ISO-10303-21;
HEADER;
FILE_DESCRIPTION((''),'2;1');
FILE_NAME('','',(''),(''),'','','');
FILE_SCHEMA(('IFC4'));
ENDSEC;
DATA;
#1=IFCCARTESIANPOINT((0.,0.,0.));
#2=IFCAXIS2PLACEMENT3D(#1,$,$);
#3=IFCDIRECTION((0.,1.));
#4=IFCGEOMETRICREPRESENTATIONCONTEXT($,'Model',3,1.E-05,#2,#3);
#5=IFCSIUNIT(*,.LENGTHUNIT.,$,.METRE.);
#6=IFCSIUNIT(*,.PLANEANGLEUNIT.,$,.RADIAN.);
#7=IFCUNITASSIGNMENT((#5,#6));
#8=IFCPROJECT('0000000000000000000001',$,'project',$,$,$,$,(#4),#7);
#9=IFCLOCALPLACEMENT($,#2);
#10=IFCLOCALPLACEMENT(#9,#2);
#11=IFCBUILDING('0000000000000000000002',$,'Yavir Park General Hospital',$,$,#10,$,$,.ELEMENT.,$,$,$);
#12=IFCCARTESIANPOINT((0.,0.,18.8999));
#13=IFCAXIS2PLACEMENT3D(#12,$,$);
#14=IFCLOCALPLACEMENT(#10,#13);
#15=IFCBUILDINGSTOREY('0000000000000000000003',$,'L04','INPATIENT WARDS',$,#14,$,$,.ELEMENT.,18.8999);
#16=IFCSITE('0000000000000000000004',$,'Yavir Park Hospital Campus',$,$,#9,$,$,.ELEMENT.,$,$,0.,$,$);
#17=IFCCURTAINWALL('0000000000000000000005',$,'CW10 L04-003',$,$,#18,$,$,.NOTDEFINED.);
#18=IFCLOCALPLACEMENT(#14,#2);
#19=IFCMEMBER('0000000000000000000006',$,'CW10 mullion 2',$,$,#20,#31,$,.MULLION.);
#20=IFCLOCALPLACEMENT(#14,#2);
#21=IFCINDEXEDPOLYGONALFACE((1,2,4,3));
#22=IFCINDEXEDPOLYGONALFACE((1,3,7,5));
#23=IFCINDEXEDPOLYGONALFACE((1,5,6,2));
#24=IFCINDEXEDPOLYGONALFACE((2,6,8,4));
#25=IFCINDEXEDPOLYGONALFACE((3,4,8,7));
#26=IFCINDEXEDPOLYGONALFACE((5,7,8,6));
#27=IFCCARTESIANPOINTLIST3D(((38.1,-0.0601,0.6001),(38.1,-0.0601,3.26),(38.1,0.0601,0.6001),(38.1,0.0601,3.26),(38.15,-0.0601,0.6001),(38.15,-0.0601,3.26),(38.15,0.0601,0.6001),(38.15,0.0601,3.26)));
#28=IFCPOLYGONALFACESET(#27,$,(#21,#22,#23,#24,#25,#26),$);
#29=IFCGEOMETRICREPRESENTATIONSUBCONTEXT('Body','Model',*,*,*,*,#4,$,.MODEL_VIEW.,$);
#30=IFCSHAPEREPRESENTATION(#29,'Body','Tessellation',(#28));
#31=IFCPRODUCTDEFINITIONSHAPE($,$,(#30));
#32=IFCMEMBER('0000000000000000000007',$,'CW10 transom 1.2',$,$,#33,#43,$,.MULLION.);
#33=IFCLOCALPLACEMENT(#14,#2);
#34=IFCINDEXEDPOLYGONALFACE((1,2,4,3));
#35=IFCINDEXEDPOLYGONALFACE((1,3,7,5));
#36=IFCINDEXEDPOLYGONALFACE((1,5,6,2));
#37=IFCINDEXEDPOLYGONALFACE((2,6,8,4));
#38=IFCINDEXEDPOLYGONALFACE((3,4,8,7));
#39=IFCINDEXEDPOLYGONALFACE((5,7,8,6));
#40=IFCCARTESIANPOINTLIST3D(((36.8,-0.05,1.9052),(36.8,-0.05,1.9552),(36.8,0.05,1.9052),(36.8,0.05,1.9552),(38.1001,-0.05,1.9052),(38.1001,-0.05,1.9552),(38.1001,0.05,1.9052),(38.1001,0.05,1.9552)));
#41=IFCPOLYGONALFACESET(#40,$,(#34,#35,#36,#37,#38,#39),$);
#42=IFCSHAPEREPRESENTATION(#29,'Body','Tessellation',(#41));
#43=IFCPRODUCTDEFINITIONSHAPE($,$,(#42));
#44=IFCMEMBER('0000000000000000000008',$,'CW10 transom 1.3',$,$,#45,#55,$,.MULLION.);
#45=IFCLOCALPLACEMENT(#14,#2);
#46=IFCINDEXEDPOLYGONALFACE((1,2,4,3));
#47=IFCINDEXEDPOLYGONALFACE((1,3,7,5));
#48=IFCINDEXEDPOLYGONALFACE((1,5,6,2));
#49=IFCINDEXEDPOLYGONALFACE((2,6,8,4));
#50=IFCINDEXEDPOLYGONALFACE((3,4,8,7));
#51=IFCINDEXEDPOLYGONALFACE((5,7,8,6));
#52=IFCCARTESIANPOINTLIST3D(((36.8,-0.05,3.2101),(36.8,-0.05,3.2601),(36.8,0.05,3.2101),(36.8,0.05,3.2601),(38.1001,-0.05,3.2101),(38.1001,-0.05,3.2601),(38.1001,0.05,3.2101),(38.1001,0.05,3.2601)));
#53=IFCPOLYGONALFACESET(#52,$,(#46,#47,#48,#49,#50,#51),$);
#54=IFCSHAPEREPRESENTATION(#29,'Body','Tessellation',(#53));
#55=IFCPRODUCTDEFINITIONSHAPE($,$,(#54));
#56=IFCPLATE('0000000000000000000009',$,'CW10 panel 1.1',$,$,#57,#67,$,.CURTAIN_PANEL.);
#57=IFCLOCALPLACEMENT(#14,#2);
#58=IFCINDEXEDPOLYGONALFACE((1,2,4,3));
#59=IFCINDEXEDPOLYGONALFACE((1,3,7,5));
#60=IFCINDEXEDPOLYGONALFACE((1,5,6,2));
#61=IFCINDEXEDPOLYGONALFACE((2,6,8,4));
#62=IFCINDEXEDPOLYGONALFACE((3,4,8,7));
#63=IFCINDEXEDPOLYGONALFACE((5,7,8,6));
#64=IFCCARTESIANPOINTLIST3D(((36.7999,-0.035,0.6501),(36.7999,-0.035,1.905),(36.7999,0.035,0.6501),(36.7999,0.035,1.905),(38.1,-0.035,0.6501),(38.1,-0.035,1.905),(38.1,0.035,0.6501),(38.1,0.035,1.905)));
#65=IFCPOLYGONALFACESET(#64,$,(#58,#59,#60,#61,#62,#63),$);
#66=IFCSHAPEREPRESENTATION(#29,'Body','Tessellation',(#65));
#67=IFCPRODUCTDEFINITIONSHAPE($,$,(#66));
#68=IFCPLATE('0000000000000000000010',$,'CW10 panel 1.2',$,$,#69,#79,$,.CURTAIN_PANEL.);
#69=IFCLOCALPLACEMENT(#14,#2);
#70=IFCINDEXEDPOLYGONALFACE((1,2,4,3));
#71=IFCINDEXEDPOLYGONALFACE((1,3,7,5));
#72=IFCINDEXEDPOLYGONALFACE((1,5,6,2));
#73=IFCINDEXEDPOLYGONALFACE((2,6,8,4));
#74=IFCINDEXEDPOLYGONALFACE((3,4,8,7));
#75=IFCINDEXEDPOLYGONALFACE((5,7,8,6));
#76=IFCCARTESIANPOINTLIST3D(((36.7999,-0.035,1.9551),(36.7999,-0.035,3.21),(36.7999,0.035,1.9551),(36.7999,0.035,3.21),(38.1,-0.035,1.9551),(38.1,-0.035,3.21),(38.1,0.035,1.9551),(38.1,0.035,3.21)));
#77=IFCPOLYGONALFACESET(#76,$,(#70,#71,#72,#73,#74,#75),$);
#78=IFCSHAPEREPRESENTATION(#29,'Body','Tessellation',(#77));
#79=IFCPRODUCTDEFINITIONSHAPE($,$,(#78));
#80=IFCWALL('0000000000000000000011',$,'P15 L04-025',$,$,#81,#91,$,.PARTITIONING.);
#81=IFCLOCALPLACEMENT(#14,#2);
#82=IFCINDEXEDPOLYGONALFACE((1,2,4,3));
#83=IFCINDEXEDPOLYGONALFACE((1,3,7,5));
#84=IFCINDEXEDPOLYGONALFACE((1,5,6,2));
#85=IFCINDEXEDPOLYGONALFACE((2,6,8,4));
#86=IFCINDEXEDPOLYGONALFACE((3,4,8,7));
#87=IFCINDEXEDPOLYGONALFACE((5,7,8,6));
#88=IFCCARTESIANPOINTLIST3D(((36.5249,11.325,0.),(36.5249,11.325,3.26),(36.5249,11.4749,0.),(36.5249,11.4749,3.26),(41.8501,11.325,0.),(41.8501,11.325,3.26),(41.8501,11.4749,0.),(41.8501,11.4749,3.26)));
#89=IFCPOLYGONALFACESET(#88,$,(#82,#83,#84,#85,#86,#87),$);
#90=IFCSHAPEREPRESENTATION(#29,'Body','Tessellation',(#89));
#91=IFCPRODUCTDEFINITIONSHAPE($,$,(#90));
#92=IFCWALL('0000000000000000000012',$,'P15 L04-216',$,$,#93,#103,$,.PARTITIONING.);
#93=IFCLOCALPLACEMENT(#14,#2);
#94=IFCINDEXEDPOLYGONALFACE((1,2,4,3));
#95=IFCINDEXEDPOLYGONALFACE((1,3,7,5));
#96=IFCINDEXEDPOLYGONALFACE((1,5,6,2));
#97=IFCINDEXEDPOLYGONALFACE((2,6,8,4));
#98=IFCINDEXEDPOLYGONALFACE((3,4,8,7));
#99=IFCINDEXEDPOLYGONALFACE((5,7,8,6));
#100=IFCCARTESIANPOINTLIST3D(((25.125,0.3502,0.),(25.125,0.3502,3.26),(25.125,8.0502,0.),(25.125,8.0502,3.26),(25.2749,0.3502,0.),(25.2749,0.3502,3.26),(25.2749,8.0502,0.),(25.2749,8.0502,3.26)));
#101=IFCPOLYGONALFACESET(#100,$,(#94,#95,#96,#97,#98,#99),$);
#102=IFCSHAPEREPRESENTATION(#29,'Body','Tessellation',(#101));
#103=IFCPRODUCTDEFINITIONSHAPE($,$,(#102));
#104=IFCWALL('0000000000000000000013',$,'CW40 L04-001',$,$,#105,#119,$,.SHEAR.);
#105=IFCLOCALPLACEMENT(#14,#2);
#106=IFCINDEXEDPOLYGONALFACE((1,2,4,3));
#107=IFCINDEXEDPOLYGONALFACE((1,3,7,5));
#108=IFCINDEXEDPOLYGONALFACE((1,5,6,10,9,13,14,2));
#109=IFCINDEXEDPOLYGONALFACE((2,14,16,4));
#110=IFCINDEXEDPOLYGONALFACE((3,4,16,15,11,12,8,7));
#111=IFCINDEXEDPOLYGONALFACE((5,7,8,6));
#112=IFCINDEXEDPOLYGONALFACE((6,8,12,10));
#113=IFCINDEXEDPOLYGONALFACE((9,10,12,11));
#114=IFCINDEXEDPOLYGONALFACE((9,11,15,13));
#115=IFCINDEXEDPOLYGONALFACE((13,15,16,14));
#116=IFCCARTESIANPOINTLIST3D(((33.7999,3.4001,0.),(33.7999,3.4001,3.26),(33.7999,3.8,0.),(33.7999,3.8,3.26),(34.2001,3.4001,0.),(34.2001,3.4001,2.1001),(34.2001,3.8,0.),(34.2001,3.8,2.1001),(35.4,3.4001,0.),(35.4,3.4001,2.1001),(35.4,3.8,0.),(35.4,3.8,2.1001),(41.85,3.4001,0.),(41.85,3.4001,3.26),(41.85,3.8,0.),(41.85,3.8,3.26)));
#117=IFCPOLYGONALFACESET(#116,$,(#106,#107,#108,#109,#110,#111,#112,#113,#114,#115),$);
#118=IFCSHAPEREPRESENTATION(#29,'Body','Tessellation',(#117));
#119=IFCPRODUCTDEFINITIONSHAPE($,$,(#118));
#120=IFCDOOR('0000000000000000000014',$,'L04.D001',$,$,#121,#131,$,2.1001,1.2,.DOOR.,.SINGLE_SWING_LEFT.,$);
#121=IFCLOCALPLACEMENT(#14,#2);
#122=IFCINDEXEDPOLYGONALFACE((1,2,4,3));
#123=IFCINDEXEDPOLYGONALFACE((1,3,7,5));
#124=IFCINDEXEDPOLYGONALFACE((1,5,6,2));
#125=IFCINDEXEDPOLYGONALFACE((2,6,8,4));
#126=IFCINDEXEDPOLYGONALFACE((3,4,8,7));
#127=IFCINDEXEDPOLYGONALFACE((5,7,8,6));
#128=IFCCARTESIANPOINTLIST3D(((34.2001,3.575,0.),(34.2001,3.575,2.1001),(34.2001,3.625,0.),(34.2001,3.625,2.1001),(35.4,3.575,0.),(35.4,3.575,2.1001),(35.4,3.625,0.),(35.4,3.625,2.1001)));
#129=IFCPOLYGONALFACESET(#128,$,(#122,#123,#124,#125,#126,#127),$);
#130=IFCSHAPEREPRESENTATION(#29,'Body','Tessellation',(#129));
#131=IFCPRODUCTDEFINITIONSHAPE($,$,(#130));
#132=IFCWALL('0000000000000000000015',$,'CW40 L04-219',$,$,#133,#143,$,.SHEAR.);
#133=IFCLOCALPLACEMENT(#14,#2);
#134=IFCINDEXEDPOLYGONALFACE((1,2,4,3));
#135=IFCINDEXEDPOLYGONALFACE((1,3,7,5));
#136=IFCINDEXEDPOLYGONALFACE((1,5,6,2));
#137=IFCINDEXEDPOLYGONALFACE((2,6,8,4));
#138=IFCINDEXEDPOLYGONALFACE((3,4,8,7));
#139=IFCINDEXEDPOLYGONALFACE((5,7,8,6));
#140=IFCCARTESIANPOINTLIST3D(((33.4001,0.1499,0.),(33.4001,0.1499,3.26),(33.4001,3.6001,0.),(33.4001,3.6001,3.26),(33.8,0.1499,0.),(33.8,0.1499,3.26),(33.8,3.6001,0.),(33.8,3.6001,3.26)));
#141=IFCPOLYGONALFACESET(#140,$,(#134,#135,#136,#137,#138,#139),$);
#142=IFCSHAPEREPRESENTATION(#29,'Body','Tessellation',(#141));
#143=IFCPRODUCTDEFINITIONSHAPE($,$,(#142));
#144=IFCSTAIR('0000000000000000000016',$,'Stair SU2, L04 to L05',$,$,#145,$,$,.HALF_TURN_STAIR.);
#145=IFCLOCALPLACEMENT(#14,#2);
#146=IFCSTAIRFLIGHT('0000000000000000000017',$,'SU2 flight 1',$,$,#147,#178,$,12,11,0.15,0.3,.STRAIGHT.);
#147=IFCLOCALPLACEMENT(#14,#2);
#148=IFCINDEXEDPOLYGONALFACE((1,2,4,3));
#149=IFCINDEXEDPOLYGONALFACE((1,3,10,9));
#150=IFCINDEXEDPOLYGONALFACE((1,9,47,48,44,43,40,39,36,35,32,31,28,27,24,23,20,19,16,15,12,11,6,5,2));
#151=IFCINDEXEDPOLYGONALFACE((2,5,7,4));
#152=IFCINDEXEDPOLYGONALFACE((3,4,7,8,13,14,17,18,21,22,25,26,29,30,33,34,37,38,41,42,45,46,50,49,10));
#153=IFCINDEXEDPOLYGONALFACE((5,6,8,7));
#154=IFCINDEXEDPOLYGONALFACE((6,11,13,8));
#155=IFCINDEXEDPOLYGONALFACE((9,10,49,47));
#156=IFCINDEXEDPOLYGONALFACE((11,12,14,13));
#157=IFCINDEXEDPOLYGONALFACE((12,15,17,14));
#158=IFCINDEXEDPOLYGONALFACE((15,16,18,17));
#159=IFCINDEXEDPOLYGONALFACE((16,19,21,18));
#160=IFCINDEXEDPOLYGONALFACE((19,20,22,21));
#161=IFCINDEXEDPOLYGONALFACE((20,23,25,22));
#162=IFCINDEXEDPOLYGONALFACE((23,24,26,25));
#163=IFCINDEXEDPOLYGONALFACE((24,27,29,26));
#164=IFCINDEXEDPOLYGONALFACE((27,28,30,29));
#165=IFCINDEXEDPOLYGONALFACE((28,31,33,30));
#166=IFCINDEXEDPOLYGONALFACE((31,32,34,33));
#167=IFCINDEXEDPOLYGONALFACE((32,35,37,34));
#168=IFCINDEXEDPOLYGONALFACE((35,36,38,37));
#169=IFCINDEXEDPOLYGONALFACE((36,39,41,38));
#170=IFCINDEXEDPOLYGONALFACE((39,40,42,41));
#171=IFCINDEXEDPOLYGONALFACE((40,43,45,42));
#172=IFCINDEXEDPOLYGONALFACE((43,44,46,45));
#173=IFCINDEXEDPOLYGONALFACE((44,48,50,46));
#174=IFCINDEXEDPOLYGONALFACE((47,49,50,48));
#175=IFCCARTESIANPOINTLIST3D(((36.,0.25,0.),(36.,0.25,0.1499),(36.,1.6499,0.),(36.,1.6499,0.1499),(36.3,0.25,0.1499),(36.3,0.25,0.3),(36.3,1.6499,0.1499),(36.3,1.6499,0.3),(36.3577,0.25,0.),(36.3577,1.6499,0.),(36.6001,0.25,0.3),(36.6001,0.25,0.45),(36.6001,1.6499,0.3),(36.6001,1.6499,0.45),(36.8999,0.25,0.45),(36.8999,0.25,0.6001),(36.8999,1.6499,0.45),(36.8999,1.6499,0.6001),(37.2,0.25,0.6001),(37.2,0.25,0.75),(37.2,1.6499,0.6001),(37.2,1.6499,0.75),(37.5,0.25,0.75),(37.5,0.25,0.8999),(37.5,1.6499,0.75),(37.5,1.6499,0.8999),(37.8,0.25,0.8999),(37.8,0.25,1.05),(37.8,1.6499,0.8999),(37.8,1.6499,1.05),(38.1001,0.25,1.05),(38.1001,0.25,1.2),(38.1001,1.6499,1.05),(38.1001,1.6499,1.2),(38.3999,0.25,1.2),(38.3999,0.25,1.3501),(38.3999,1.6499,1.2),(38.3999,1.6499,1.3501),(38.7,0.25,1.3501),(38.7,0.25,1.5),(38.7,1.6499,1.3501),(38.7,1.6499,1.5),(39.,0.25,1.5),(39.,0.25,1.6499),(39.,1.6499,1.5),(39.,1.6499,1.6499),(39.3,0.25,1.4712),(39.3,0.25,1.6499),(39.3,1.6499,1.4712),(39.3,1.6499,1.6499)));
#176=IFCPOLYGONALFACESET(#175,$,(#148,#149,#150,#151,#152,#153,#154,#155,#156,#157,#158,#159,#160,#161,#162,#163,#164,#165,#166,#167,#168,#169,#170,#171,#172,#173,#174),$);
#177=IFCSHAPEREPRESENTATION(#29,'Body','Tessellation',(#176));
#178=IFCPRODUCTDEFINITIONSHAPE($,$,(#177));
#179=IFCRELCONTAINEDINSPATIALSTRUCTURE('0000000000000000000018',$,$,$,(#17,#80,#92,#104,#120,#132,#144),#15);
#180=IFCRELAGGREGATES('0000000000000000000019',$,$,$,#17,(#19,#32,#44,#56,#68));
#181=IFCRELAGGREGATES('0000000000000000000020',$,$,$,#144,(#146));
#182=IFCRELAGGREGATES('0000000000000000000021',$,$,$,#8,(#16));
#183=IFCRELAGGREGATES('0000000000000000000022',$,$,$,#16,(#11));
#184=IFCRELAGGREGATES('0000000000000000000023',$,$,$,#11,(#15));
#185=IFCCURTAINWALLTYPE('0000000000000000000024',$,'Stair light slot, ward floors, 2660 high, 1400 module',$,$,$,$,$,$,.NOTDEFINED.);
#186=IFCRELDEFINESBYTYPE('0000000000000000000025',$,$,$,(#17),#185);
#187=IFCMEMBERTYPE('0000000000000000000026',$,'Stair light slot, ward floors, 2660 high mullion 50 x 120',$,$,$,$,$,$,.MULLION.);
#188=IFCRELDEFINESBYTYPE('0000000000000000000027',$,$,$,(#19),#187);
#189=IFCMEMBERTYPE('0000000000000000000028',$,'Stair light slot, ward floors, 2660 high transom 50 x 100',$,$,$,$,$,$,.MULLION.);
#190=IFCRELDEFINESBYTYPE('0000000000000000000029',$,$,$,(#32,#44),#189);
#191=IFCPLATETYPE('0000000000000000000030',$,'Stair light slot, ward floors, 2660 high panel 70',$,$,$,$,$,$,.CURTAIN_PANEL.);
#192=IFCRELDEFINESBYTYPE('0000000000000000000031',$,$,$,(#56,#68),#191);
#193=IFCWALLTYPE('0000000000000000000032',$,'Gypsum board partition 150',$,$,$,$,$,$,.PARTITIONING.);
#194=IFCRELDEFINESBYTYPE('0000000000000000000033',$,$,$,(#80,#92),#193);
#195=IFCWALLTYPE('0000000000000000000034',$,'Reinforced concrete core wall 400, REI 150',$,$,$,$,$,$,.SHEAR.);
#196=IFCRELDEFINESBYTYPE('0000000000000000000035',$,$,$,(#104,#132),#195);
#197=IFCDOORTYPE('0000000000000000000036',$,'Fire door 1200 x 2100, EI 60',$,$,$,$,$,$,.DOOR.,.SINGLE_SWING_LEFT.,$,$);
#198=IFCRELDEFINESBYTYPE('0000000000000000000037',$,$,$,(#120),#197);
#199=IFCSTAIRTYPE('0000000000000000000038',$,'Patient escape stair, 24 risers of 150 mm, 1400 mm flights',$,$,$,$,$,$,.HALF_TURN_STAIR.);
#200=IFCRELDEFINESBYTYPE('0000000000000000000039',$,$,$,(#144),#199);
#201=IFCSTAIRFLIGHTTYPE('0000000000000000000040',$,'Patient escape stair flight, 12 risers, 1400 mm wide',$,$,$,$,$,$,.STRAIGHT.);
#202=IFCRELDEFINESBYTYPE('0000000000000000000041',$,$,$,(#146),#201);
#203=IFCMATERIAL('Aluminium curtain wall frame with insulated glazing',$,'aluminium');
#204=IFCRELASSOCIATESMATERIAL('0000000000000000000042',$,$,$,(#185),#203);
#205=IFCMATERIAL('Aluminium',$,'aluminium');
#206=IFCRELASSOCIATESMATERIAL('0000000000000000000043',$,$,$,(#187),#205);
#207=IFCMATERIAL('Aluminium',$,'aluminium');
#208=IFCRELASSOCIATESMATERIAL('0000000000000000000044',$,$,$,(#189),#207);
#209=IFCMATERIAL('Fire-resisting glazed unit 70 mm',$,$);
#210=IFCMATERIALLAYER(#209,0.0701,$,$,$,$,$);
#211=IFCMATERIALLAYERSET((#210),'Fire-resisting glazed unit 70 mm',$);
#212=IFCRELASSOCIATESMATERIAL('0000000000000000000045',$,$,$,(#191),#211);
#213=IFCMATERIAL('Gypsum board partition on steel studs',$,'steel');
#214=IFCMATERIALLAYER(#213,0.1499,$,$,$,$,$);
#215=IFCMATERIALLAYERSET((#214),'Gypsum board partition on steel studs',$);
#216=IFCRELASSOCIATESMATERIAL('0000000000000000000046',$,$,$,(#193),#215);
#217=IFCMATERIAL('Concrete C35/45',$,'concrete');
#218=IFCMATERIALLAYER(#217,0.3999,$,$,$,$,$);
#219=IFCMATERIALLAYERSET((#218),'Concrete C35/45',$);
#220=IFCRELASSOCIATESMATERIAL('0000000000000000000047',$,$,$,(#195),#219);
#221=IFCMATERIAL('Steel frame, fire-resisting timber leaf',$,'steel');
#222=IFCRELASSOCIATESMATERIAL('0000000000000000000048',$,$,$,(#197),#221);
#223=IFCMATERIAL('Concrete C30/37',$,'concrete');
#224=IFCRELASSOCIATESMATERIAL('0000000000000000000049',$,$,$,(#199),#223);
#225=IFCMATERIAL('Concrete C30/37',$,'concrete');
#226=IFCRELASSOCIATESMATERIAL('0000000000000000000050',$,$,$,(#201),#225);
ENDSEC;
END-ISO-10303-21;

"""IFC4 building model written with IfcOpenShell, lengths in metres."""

from ifc_helpers import new_model, si_unit, direction, frame, frame_2d, origin, origin_2d, place, context, subcontext, project, spatial, polyline, rectangle, outline, extrude, material, layer, layer_set, material_profile, profile_set, type_object, element, fill, aggregate, save


model = new_model("IFC4")

# Units and contexts
model_context = context("Model", 3, precision=1e-05, world=origin(), true_north=direction((0.0, 1.0)))
body_context = subcontext(model_context, "Body", "Model", "MODEL_VIEW")
ifc_project = project(units=[si_unit("LENGTHUNIT", "METRE"), si_unit("PLANEANGLEUNIT", "RADIAN")], contexts=[model_context])

# Site, building, storey
site_placement = place(None, origin())
site = spatial("IfcSite", under=ifc_project, at=site_placement, Name="Yavir Park Hospital Campus", CompositionType="ELEMENT", RefElevation=0.0)
building_placement = place(site_placement, origin())
building = spatial("IfcBuilding", under=site, at=building_placement, Name="Yavir Park General Hospital", CompositionType="ELEMENT")
storey_placement = place(building_placement, frame((0.0, 0.0, 18.8999)))
storey = spatial("IfcBuildingStorey", under=building, at=storey_placement, Name="L04", Description="INPATIENT WARDS", CompositionType="ELEMENT", Elevation=18.8999)

# Curtain wall, members, plates
ifc_material_1 = material(Name="Aluminium curtain wall frame with insulated glazing", Category="aluminium")
curtain_wall_type = type_object("IfcCurtainWallType", Name="Stair light slot, ward floors, 2660 high, 1400 module", PredefinedType="NOTDEFINED", material=ifc_material_1)
curtain_wall_placement = place(storey_placement, origin())
curtain_wall = element("IfcCurtainWall", 1, at=curtain_wall_placement, inside=storey, type_object=curtain_wall_type, Name="CW10 L04-003", PredefinedType="NOTDEFINED")
ifc_material_2 = material(Name="Aluminium", Category="aluminium")
ifc_material_profile_1 = material_profile(ifc_material_2, rectangle(XDim=0.1201, YDim=0.05, at=origin_2d()), Name="AL 50x120")
ifc_profile_set_1 = profile_set([ifc_material_profile_1], Name="Aluminium")
member_type_1 = type_object("IfcMemberType", Name="Stair light slot, ward floors, 2660 high mullion 50 x 120", PredefinedType="MULLION", material=ifc_profile_set_1)
member_1_placement = place(storey_placement, frame((38.125, 0.0, 0.6001), z_axis=(0.0, 0.0, 1.0), x_axis=(0.0, 1.0, 0.0)))
member_1 = element("IfcMember", 2, at=member_1_placement, type_object=member_type_1, Name="CW10 mullion 2", PredefinedType="MULLION", context=body_context, shape_type="SweptSolid", body=[
    extrude(rectangle(XDim=0.1201, YDim=0.05, at=origin_2d()), origin(), (0.0, 0.0, 1.0), 2.6599),
])
ifc_material_3 = material(Name="Aluminium", Category="aluminium")
ifc_material_profile_2 = material_profile(ifc_material_3, rectangle(XDim=0.1001, YDim=0.05, at=origin_2d()), Name="AL 100x50")
ifc_profile_set_2 = profile_set([ifc_material_profile_2], Name="Aluminium")
member_type_2 = type_object("IfcMemberType", Name="Stair light slot, ward floors, 2660 high transom 50 x 100", PredefinedType="MULLION", material=ifc_profile_set_2)
member_2_placement = place(storey_placement, frame((36.8, 0.0, 1.9302), z_axis=(1.0, 0.0, 0.0), x_axis=(0.0, 1.0, 0.0)))
member_2 = element("IfcMember", 3, at=member_2_placement, type_object=member_type_2, Name="CW10 transom 1.2", PredefinedType="MULLION", context=body_context, shape_type="SweptSolid", body=[
    extrude(rectangle(XDim=0.1001, YDim=0.05, at=origin_2d()), origin(), (0.0, 0.0, 1.0), 1.3),
])
member_3_placement = place(storey_placement, frame((36.8, 0.0, 3.2351), z_axis=(1.0, 0.0, 0.0), x_axis=(0.0, 1.0, 0.0)))
member_3 = element("IfcMember", 4, at=member_3_placement, type_object=member_type_2, Name="CW10 transom 1.3", PredefinedType="MULLION", context=body_context, shape_type="SweptSolid", body=[
    extrude(rectangle(XDim=0.1001, YDim=0.05, at=origin_2d()), origin(), (0.0, 0.0, 1.0), 1.3),
])
ifc_material_4 = material(Name="Fire-resisting glazed unit 70 mm")
ifc_layer_1 = layer(ifc_material_4, 0.0701)
ifc_layer_set_1 = layer_set([ifc_layer_1], Name="Fire-resisting glazed unit 70 mm")
plate_type = type_object("IfcPlateType", Name="Stair light slot, ward floors, 2660 high panel 70", PredefinedType="CURTAIN_PANEL", material=ifc_layer_set_1)
plate_1_placement = place(storey_placement, frame((37.45, 0.0, 0.6501), z_axis=(0.0, 0.0, 1.0), x_axis=(1.0, 0.0, 0.0)))
plate_1 = element("IfcPlate", 5, at=plate_1_placement, type_object=plate_type, Name="CW10 panel 1.1", PredefinedType="CURTAIN_PANEL", context=body_context, shape_type="SweptSolid", body=[
    extrude(rectangle(XDim=1.3, YDim=0.0701, at=origin_2d()), origin(), (0.0, 0.0, 1.0), 1.2549),
])
plate_2_placement = place(storey_placement, frame((37.45, 0.0, 1.9551), z_axis=(0.0, 0.0, 1.0), x_axis=(1.0, 0.0, 0.0)))
plate_2 = element("IfcPlate", 6, at=plate_2_placement, type_object=plate_type, Name="CW10 panel 1.2", PredefinedType="CURTAIN_PANEL", context=body_context, shape_type="SweptSolid", body=[
    extrude(rectangle(XDim=1.3, YDim=0.0701, at=origin_2d()), origin(), (0.0, 0.0, 1.0), 1.2549),
])
aggregate(curtain_wall, [member_1, member_2, member_3, plate_1, plate_2])

# Walls
ifc_material_5 = material(Name="Gypsum board partition on steel studs", Category="steel")
ifc_layer_2 = layer(ifc_material_5, 0.1499)
ifc_layer_set_2 = layer_set([ifc_layer_2], Name="Gypsum board partition on steel studs")
wall_type_1 = type_object("IfcWallType", Name="Gypsum board partition 150", PredefinedType="PARTITIONING", material=ifc_layer_set_2)
wall_1_placement = place(storey_placement, frame((36.5249, 11.3999, 0.0), z_axis=(0.0, 0.0, 1.0), x_axis=(1.0, 0.0, 0.0)))
element("IfcWall", 7, at=wall_1_placement, inside=storey, type_object=wall_type_1, Name="P15 L04-025", PredefinedType="PARTITIONING", context=body_context, shape_type="SweptSolid", body=[
    extrude(rectangle(XDim=5.3252, YDim=0.1499, at=frame_2d((2.6626, 0.0))), origin(), (0.0, 0.0, 1.0), 3.26),
])
wall_2_placement = place(storey_placement, frame((25.2, 0.3501, 0.0), z_axis=(0.0, 0.0, 1.0), x_axis=(0.0, 1.0, 0.0)))
element("IfcWall", 8, at=wall_2_placement, inside=storey, type_object=wall_type_1, Name="P15 L04-216", PredefinedType="PARTITIONING", context=body_context, shape_type="SweptSolid", body=[
    extrude(rectangle(XDim=7.7, YDim=0.1499, at=frame_2d((3.8501, 0.0))), origin(), (0.0, 0.0, 1.0), 3.26),
])

# Wall, opening, door
ifc_material_6 = material(Name="Concrete C35/45", Category="concrete")
ifc_layer_3 = layer(ifc_material_6, 0.3999)
ifc_layer_set_3 = layer_set([ifc_layer_3], Name="Concrete C35/45")
wall_type_2 = type_object("IfcWallType", Name="Reinforced concrete core wall 400, REI 150", PredefinedType="SHEAR", material=ifc_layer_set_3)
wall_3_placement = place(storey_placement, frame((33.8, 3.6001, 0.0), z_axis=(0.0, 0.0, 1.0), x_axis=(1.0, 0.0, 0.0)))
wall_3 = element("IfcWall", 9, at=wall_3_placement, inside=storey, type_object=wall_type_2, Name="CW40 L04-001", PredefinedType="SHEAR", context=body_context, shape_type="SweptSolid", body=[
    extrude(rectangle(XDim=8.05, YDim=0.3999, at=frame_2d((4.0249, 0.0))), origin(), (0.0, 0.0, 1.0), 3.26),
])
opening_1_placement = place(wall_3_placement, frame((0.3999, 0.0, 0.0)))
opening_1 = element("IfcOpeningElement", 10, at=opening_1_placement, cuts=wall_3, PredefinedType="OPENING", context=body_context, shape_type="SweptSolid", body=[
    extrude(rectangle(XDim=1.2, YDim=2.1001, at=frame_2d((0.6001, 1.05))), frame((0.0, 0.21, 0.0), z_axis=(0.0, -1.0, 0.0), x_axis=(1.0, 0.0, 0.0)), (0.0, 0.0, 1.0), 0.4199),
])
ifc_material_7 = material(Name="Steel frame, fire-resisting timber leaf", Category="steel")
door_type_1 = type_object("IfcDoorType", Name="Fire door 1200 x 2100, EI 60", OperationType="SINGLE_SWING_LEFT", PredefinedType="DOOR", material=ifc_material_7)
door_1_placement = place(opening_1_placement, origin())
door_1 = element("IfcDoor", 11, at=door_1_placement, inside=storey, type_object=door_type_1, Name="L04.D001", OperationType="SINGLE_SWING_LEFT", OverallHeight=2.1001, OverallWidth=1.2, PredefinedType="DOOR", context=body_context, shape_type="SweptSolid", body=[
    extrude(rectangle(XDim=1.2, YDim=2.1001, at=frame_2d((0.6001, 1.05))), frame((0.0, 0.0249, 0.0), z_axis=(0.0, -1.0, 0.0), x_axis=(1.0, 0.0, 0.0)), (0.0, 0.0, 1.0), 0.05),
])
fill(opening_1, door_1)

# Wall
wall_4_placement = place(storey_placement, frame((33.6001, 0.1499, 0.0), z_axis=(0.0, 0.0, 1.0), x_axis=(0.0, 1.0, 0.0)))
element("IfcWall", 12, at=wall_4_placement, inside=storey, type_object=wall_type_2, Name="CW40 L04-219", PredefinedType="SHEAR", context=body_context, shape_type="SweptSolid", body=[
    extrude(rectangle(XDim=3.4502, YDim=0.3999, at=frame_2d((1.7251, 0.0))), origin(), (0.0, 0.0, 1.0), 3.26),
])

# Stair, stair flight
ifc_material_8 = material(Name="Concrete C30/37", Category="concrete")
stair_type = type_object("IfcStairType", Name="Patient escape stair, 24 risers of 150 mm, 1400 mm flights", PredefinedType="HALF_TURN_STAIR", material=ifc_material_8)
stair_placement = place(storey_placement, origin())
stair = element("IfcStair", 13, at=stair_placement, inside=storey, type_object=stair_type, Name="Stair SU2, L04 to L05", PredefinedType="HALF_TURN_STAIR")
ifc_material_9 = material(Name="Concrete C30/37", Category="concrete")
stair_flight_type = type_object("IfcStairFlightType", Name="Patient escape stair flight, 12 risers, 1400 mm wide", PredefinedType="STRAIGHT", material=ifc_material_9)
stair_flight_placement = place(storey_placement, frame((36.0, 0.95, 0.0), z_axis=(0.0, 0.0, 1.0), x_axis=(1.0, 0.0, 0.0)))
stair_flight = element("IfcStairFlight", 14, at=stair_flight_placement, type_object=stair_flight_type, Name="SU2 flight 1", NumberOfRisers=12, NumberOfTreads=11, PredefinedType="STRAIGHT", RiserHeight=0.15, TreadLength=0.3, context=body_context, shape_type="SweptSolid", body=[
    extrude(outline(polyline([(0.0, 0.0), (0.0, 0.1499), (0.3, 0.1499), (0.3, 0.3), (0.6001, 0.3), (0.6001, 0.45), (0.8999, 0.45), (0.8999, 0.6001), (1.2, 0.6001), (1.2, 0.75), (1.5, 0.75), (1.5, 0.8999), (1.8, 0.8999), (1.8, 1.05), (2.1001, 1.05), (2.1001, 1.2), (2.3999, 1.2), (2.3999, 1.3501), (2.7, 1.3501), (2.7, 1.5), (3.0, 1.5), (3.0, 1.6499), (3.3, 1.6499), (3.3, 1.8), (3.3, 1.4712), (0.3577, 0.0), (0.0, 0.0)])), frame((0.0, 0.7, 0.0), z_axis=(0.0, -1.0, 0.0), x_axis=(1.0, 0.0, 0.0)), (0.0, 0.0, 1.0), 1.3999),
])
aggregate(stair, [stair_flight])

save(model, "model.ifc")
